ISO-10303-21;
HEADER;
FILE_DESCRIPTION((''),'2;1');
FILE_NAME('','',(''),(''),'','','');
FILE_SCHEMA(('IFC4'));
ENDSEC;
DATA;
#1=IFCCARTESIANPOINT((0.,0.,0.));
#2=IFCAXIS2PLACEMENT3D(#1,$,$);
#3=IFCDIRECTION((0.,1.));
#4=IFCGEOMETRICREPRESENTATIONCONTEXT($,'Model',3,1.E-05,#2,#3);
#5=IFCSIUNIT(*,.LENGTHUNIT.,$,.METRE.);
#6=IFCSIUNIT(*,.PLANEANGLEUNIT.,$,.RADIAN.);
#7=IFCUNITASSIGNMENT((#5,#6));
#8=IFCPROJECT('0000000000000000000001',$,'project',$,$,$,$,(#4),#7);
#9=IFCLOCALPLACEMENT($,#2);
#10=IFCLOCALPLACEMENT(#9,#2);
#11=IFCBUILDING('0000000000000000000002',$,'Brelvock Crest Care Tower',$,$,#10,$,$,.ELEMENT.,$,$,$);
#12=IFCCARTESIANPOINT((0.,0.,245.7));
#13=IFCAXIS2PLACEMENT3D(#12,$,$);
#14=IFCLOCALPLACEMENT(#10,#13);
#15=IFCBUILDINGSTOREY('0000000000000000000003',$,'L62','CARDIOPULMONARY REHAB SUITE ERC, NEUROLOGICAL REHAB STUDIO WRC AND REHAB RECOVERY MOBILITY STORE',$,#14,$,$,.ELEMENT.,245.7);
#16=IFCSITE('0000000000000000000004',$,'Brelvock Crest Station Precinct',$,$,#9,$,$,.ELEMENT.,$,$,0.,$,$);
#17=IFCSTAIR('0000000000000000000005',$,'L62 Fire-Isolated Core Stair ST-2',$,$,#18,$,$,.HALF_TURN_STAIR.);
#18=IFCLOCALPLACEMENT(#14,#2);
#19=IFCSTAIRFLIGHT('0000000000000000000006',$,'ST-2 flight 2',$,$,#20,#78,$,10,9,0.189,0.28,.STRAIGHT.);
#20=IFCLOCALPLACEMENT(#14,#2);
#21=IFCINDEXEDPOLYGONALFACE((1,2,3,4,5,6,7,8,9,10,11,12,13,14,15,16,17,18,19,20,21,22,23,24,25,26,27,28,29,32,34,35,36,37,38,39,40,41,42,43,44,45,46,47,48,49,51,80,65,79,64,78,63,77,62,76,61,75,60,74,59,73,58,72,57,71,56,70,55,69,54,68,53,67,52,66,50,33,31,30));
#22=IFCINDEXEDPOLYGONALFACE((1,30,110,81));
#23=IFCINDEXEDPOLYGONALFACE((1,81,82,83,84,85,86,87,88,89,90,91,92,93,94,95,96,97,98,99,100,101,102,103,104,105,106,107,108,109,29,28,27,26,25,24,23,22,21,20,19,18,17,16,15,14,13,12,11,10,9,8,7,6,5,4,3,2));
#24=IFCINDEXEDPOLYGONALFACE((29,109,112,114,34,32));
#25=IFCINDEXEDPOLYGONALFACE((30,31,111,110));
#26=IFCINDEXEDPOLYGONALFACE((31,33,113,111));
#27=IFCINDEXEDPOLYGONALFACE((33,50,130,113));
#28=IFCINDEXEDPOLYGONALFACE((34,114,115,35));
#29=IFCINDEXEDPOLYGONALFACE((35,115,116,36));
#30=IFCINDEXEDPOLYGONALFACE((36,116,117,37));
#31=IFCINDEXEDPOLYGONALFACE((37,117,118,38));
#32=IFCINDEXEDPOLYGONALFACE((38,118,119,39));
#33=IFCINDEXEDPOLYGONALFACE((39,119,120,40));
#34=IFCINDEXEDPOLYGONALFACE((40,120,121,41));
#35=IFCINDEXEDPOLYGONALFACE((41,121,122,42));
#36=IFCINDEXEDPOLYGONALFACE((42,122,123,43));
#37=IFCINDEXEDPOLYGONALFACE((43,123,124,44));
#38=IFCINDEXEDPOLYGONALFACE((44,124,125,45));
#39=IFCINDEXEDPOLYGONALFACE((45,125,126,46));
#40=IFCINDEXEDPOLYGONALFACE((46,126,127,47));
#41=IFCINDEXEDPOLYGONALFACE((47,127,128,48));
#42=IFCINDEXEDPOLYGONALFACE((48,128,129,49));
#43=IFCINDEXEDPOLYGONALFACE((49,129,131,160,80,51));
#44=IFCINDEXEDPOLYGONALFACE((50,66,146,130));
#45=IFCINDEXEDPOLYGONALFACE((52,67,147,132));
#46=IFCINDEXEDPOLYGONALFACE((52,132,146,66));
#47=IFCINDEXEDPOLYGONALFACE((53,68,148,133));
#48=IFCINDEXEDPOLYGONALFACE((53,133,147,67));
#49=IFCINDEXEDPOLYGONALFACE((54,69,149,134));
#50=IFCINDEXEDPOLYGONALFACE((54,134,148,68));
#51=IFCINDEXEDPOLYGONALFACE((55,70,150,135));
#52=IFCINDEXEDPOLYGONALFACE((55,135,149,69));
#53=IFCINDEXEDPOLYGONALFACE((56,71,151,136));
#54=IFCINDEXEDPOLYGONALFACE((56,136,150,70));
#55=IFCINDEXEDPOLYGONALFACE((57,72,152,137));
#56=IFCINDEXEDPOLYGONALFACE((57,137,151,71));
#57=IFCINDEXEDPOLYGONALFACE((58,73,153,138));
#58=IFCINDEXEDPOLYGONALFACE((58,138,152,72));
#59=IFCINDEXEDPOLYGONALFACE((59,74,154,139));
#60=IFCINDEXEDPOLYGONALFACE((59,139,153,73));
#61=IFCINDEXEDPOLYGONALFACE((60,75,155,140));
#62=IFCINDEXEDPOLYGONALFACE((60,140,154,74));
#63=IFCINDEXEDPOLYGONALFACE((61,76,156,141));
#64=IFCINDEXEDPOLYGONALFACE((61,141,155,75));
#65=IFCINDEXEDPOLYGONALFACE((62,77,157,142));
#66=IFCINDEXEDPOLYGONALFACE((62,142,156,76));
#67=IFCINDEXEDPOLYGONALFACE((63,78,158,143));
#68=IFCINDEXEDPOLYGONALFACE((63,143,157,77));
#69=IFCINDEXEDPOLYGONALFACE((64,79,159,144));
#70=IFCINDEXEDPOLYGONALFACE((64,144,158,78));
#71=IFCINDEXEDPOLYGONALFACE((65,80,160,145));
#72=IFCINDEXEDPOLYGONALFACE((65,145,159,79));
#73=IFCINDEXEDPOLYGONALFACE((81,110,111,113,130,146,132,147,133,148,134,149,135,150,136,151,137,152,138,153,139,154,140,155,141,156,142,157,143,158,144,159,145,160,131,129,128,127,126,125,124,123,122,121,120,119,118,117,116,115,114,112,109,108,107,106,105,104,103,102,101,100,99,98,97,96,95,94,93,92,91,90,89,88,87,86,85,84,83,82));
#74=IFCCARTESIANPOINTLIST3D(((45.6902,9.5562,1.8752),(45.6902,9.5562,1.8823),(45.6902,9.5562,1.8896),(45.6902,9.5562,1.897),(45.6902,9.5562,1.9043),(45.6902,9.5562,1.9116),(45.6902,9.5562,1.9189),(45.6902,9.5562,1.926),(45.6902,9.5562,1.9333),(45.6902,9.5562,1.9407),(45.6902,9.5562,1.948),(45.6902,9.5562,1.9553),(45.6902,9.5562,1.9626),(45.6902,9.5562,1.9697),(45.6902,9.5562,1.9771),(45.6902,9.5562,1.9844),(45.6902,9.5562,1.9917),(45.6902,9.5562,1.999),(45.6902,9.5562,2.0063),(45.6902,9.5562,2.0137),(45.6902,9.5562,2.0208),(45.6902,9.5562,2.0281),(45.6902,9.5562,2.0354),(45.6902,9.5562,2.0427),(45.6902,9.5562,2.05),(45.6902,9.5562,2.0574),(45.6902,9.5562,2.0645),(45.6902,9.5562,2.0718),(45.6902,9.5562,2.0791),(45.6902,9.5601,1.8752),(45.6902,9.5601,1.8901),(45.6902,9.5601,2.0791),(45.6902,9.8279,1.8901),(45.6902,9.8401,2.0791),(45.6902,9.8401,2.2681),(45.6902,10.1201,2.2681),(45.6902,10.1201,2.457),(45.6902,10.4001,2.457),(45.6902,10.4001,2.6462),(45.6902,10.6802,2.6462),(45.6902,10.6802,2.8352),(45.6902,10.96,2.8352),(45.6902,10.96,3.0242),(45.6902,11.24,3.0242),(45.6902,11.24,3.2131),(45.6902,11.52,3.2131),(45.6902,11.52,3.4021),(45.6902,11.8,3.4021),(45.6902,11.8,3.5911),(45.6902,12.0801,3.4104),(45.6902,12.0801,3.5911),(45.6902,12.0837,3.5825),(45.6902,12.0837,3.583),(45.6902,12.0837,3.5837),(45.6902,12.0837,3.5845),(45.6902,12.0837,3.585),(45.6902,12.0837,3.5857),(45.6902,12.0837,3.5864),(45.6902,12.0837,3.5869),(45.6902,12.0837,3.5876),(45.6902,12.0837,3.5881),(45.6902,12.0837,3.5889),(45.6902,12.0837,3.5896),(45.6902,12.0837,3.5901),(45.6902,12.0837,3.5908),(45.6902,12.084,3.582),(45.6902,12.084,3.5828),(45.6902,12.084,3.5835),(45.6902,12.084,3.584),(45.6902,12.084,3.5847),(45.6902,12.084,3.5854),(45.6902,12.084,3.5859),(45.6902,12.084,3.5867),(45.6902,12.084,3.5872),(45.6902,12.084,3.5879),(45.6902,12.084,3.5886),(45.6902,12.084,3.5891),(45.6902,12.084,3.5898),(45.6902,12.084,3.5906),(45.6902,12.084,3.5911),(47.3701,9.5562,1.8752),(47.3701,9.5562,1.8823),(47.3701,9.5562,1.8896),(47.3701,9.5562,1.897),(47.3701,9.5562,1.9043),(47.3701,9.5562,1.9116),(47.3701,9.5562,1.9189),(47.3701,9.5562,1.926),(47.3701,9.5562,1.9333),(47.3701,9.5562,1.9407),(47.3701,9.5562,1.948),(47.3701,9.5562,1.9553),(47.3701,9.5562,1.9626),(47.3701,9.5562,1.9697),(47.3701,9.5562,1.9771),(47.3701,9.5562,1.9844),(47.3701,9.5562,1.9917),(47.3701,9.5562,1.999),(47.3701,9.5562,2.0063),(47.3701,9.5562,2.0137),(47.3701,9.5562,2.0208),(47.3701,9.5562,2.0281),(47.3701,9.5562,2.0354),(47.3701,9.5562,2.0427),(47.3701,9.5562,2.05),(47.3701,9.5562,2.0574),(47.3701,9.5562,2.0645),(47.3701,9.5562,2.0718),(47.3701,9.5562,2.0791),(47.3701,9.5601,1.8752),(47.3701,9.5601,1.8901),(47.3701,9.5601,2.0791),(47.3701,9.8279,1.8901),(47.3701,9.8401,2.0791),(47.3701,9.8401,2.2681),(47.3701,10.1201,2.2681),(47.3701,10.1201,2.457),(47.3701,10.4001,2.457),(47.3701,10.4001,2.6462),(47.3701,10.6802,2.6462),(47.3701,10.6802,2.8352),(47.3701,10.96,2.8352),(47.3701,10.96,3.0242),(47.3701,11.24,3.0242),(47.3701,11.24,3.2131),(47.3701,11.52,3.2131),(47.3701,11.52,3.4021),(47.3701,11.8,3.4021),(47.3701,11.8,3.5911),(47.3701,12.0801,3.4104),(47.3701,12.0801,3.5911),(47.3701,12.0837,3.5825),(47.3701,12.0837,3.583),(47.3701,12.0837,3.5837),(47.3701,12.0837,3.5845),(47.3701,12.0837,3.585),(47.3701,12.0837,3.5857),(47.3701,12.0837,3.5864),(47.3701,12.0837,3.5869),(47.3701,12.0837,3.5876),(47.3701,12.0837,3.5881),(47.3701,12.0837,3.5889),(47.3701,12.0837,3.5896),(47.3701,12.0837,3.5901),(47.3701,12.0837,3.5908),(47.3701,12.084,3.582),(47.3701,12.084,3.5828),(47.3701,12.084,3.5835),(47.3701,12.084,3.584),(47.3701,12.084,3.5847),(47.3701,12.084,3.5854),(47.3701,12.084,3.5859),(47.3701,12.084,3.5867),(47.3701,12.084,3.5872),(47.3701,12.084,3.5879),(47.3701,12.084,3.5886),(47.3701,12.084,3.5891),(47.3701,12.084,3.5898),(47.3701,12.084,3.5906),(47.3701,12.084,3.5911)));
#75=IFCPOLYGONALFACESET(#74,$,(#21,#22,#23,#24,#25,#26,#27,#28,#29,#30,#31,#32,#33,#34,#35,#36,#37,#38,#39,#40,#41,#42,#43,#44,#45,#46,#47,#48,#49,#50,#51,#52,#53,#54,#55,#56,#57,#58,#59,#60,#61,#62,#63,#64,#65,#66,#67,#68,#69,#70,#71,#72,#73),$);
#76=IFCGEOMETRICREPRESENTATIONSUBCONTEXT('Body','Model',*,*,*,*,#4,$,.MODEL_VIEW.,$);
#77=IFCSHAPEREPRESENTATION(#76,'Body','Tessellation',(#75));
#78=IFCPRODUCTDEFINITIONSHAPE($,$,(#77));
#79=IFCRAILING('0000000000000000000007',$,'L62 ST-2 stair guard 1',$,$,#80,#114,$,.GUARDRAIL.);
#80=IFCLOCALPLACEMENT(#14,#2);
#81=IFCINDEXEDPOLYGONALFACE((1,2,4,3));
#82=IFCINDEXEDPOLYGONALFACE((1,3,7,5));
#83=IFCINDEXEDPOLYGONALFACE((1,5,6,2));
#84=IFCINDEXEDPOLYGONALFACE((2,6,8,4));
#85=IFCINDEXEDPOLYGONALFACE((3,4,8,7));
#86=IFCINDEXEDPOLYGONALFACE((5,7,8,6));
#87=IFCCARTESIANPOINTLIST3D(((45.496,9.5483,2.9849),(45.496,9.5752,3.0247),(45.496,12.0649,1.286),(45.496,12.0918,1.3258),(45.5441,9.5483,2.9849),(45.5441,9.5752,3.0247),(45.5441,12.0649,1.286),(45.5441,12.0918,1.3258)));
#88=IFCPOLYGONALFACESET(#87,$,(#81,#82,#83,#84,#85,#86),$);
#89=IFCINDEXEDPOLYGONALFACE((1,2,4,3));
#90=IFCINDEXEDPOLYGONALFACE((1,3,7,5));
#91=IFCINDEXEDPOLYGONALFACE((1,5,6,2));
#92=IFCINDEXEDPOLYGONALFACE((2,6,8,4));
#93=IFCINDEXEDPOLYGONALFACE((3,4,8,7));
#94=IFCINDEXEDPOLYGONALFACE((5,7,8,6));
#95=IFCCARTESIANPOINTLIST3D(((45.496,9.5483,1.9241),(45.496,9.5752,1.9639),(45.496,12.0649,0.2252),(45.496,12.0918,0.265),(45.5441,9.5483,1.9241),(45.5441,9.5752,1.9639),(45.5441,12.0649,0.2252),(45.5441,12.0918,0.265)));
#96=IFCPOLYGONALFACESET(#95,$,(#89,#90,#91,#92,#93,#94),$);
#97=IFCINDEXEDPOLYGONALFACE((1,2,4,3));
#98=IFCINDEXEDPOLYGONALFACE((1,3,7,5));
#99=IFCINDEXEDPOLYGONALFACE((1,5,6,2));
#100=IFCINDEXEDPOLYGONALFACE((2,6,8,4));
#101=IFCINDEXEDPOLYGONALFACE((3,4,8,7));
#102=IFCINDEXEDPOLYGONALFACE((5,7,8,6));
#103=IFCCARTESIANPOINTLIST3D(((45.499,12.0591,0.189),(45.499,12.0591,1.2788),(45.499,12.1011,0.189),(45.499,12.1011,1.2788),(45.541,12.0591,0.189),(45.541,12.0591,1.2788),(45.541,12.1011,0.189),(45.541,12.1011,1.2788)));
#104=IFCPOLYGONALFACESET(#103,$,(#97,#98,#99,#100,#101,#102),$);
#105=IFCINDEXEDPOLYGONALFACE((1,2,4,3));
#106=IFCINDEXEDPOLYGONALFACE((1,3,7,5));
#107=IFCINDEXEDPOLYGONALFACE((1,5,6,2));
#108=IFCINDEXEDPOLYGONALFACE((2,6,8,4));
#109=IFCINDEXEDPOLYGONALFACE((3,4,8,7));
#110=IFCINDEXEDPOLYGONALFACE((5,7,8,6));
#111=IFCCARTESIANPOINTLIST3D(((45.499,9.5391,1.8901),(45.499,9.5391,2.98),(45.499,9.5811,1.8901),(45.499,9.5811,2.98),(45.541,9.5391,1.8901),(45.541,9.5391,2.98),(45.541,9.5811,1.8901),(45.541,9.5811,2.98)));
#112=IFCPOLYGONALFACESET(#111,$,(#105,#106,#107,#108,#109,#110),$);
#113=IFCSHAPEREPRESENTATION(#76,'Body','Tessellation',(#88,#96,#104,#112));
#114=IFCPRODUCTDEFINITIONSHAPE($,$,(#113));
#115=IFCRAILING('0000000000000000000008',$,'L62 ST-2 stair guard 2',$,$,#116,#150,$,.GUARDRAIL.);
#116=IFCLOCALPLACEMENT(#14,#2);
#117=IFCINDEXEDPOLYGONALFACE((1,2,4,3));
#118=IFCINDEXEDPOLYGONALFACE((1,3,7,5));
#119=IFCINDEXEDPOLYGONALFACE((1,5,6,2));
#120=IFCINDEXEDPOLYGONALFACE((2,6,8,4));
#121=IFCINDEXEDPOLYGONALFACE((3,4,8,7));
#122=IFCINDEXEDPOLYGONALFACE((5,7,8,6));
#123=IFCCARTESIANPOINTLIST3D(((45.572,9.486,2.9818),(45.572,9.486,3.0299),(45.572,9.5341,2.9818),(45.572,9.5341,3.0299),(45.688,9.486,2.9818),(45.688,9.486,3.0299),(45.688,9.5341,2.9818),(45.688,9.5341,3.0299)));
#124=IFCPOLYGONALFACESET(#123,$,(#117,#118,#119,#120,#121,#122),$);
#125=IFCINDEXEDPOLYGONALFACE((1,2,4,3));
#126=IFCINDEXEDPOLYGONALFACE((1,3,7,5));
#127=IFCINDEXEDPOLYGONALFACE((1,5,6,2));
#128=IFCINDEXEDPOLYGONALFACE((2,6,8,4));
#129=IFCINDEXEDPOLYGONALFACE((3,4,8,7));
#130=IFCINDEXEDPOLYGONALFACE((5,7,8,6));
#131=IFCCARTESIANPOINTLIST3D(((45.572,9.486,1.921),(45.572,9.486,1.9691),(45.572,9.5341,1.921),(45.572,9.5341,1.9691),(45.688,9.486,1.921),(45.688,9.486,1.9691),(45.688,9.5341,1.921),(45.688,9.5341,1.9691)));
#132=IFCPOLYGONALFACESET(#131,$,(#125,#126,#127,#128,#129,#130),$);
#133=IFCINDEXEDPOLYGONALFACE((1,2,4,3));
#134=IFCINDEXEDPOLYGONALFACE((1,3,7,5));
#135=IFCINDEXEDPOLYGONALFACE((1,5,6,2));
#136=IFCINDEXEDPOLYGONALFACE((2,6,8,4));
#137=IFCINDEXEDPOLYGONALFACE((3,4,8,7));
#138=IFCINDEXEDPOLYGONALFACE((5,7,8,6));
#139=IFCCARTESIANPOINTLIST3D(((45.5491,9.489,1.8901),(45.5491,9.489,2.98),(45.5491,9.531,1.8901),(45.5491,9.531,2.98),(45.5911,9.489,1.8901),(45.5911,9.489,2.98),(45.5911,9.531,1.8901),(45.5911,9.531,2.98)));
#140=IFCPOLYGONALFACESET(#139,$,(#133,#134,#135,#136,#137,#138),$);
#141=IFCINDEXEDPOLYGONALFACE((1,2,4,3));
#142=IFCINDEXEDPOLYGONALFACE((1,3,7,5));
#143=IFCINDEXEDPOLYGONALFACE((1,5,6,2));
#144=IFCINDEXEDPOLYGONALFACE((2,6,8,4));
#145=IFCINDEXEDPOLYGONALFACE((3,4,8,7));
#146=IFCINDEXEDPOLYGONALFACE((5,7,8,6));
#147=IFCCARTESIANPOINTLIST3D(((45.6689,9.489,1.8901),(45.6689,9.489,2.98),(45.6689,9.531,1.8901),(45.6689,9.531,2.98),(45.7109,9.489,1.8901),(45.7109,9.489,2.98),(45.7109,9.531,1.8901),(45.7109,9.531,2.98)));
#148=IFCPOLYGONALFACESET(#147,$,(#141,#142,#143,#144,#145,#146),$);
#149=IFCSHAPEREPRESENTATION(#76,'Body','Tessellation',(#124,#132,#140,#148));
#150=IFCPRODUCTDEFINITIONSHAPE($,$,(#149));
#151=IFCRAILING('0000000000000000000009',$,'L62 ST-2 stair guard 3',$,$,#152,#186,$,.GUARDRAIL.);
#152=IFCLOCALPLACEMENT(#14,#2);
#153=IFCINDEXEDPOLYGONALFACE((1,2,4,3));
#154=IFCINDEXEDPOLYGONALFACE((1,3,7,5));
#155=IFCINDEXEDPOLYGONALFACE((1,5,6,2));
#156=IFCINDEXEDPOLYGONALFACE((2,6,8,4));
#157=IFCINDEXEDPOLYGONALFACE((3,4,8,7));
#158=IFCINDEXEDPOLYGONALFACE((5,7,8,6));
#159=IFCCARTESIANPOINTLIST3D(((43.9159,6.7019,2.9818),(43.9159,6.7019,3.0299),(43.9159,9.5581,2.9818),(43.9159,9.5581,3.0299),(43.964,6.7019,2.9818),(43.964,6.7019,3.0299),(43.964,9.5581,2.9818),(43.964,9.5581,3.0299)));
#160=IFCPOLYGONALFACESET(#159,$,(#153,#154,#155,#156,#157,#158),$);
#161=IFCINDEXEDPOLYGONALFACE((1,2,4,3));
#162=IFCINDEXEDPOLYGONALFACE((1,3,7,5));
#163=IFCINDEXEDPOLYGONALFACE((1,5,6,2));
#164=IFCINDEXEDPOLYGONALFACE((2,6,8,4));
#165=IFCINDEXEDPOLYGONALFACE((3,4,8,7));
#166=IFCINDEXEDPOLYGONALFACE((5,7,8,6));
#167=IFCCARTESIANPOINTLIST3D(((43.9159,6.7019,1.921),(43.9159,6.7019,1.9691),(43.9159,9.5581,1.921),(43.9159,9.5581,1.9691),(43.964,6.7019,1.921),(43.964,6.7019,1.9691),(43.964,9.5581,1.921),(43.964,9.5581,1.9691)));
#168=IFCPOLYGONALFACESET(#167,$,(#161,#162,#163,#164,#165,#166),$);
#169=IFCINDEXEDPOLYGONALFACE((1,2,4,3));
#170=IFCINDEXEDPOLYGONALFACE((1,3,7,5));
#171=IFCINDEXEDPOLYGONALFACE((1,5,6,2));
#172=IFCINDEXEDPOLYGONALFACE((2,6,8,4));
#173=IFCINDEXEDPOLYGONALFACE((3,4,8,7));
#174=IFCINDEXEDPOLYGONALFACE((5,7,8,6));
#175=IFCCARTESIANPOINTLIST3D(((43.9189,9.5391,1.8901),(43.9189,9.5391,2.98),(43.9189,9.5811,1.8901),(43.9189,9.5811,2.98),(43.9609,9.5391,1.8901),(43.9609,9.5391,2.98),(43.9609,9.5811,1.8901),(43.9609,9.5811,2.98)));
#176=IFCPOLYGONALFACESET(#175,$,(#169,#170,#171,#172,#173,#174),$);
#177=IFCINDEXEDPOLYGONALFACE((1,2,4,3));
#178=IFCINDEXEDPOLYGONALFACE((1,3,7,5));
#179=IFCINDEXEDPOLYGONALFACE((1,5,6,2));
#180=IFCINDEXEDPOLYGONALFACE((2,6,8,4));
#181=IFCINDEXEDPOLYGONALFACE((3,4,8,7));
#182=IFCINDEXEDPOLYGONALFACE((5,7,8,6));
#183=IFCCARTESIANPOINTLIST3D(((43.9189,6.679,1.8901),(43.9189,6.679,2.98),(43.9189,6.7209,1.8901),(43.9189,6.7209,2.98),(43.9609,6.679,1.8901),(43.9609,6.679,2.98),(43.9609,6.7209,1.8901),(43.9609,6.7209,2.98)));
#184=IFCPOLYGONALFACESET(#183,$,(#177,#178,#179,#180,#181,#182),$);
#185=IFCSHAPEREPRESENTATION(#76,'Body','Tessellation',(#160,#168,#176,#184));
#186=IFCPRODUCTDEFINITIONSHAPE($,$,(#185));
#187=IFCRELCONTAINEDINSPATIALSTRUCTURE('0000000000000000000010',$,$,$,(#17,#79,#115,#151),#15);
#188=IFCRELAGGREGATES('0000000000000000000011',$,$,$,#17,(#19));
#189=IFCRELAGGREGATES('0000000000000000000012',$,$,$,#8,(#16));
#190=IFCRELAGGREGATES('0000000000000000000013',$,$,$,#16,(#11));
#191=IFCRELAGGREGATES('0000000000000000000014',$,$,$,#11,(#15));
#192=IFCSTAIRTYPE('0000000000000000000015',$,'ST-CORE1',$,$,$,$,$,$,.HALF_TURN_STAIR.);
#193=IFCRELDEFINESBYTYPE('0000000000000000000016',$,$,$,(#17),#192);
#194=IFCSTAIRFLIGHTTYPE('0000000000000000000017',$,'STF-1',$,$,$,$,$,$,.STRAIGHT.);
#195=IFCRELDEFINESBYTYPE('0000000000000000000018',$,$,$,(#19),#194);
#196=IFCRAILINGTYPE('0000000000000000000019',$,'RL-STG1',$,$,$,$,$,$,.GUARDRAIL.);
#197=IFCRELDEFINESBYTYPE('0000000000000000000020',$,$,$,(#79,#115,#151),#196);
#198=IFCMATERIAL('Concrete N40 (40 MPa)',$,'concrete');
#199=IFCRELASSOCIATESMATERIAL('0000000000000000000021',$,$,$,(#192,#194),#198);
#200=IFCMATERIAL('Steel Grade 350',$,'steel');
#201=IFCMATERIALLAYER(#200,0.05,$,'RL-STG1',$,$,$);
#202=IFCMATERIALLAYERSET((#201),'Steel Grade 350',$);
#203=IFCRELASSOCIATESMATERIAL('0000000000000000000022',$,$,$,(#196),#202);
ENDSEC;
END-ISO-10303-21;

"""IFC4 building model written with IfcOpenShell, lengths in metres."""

from ifc_helpers import new_model, si_unit, direction, frame, origin, origin_2d, place, context, subcontext, project, spatial, polyline, rectangle, outline, extrude, material, layer, layer_set, type_object, element, aggregate, save


model = new_model("IFC4")

# Units and contexts
model_context = context("Model", 3, precision=1e-05, world=origin(), true_north=direction((0.0, 1.0)))
body_context = subcontext(model_context, "Body", "Model", "MODEL_VIEW")
ifc_project = project(units=[si_unit("LENGTHUNIT", "METRE"), si_unit("PLANEANGLEUNIT", "RADIAN")], contexts=[model_context])

# Site, building, storey
site_placement = place(None, origin())
site = spatial("IfcSite", under=ifc_project, at=site_placement, Name="Brelvock Crest Station Precinct", CompositionType="ELEMENT", RefElevation=0.0)
building_placement = place(site_placement, origin())
building = spatial("IfcBuilding", under=site, at=building_placement, Name="Brelvock Crest Care Tower", CompositionType="ELEMENT")
storey_placement = place(building_placement, frame((0.0, 0.0, 245.7)))
storey = spatial("IfcBuildingStorey", under=building, at=storey_placement, Name="L62", Description="CARDIOPULMONARY REHAB SUITE ERC, NEUROLOGICAL REHAB STUDIO WRC AND REHAB RECOVERY MOBILITY STORE", CompositionType="ELEMENT", Elevation=245.7)

# Shared definitions
ifc_material_1 = material(Name="Steel Grade 350", Category="steel")

# Stair, stair flight
ifc_material_2 = material(Name="Concrete N40 (40 MPa)", Category="concrete")
stair_type = type_object("IfcStairType", Name="ST-CORE1", PredefinedType="HALF_TURN_STAIR", material=ifc_material_2)
stair_placement = place(storey_placement, origin())
stair = element("IfcStair", 1, at=stair_placement, inside=storey, type_object=stair_type, Name="L62 Fire-Isolated Core Stair ST-2", PredefinedType="HALF_TURN_STAIR")
stair_flight_type = type_object("IfcStairFlightType", Name="STF-1", PredefinedType="STRAIGHT", material=ifc_material_2)
stair_flight_1_placement = place(storey_placement, frame((46.53, 9.5601, 1.8901), z_axis=(0.0, 0.0, 1.0), x_axis=(0.0, 1.0, 0.0)))
stair_flight_1 = element("IfcStairFlight", 2, at=stair_flight_1_placement, type_object=stair_flight_type, Name="ST-2 flight 2", NumberOfRisers=10, NumberOfTreads=9, PredefinedType="STRAIGHT", RiserHeight=0.189, TreadLength=0.28, context=body_context, shape_type="SweptSolid", body=[
    extrude(outline(polyline([(-0.0039, -0.0149), (-0.0039, -0.0078), (-0.0039, -0.0005), (-0.0039, 0.0068), (-0.0039, 0.0142), (-0.0039, 0.0215), (-0.0039, 0.0288), (-0.0039, 0.0359), (-0.0039, 0.0432), (-0.0039, 0.0505), (-0.0039, 0.0579), (-0.0039, 0.0652), (-0.0039, 0.0725), (-0.0039, 0.0796), (-0.0039, 0.0869), (-0.0039, 0.0942), (-0.0039, 0.1016), (-0.0039, 0.1089), (-0.0039, 0.1162), (-0.0039, 0.1235), (-0.0039, 0.1306), (-0.0039, 0.1379), (-0.0039, 0.1453), (-0.0039, 0.1526), (-0.0039, 0.1599), (-0.0039, 0.1672), (-0.0039, 0.1743), (-0.0039, 0.1816), (-0.0039, 0.189), (0.0, 0.189), (0.28, 0.189), (0.28, 0.3779), (0.5601, 0.3779), (0.5601, 0.5669), (0.8401, 0.5669), (0.8401, 0.7561), (1.1201, 0.7561), (1.1201, 0.9451), (1.3999, 0.9451), (1.3999, 1.134), (1.6799, 1.134), (1.6799, 1.323), (1.96, 1.323), (1.96, 1.512), (2.24, 1.512), (2.24, 1.7009), (2.52, 1.7009), (2.5239, 1.7009), (2.5237, 1.7007), (2.5239, 1.7004), (2.5237, 1.7), (2.5239, 1.6997), (2.5237, 1.6995), (2.5239, 1.699), (2.5237, 1.6987), (2.5239, 1.6985), (2.5237, 1.698), (2.5239, 1.6978), (2.5237, 1.6975), (2.5239, 1.697), (2.5237, 1.6968), (2.5239, 1.6965), (2.5237, 1.6963), (2.5239, 1.6958), (2.5237, 1.6956), (2.5239, 1.6953), (2.5237, 1.6948), (2.5239, 1.6946), (2.5237, 1.6943), (2.5239, 1.6938), (2.5237, 1.6936), (2.5239, 1.6934), (2.5237, 1.6929), (2.5239, 1.6926), (2.5237, 1.6924), (2.5239, 1.6919), (2.52, 1.5203), (0.2678, 0.0), (0.0, 0.0), (0.0, -0.0149), (-0.0039, -0.0149)])), frame((0.0, 0.8398, 0.0), z_axis=(0.0, -1.0, 0.0), x_axis=(1.0, 0.0, 0.0)), (0.0, 0.0, 1.0), 1.6799),
])
aggregate(stair, [stair_flight_1])

# Railings
ifc_layer_1 = layer(ifc_material_1, 0.05, Name="RL-STG1")
ifc_layer_set_1 = layer_set([ifc_layer_1], Name="Steel Grade 350")
railing_type_1 = type_object("IfcRailingType", Name="RL-STG1", PredefinedType="GUARDRAIL", material=ifc_layer_set_1)
railing_1_placement = place(storey_placement, frame((45.52, 12.0801, 0.189)))
element("IfcRailing", 3, at=railing_1_placement, inside=storey, type_object=railing_type_1, Name="L62 ST-2 stair guard 1", PredefinedType="GUARDRAIL", context=body_context, shape_type="SweptSolid", body=[
    extrude(rectangle(XDim=0.0481, YDim=0.0481, at=origin_2d()), frame((0.0, -0.0017, 1.1169), z_axis=(0.0, -0.828824, 0.559509), x_axis=(1.0, 0.0, 0.0)), (0.0, 0.0, 1.0), 3.0364),
    extrude(rectangle(XDim=0.0481, YDim=0.0481, at=origin_2d()), frame((0.0, -0.0017, 0.0562), z_axis=(0.0, -0.828824, 0.559509), x_axis=(1.0, 0.0, 0.0)), (0.0, 0.0, 1.0), 3.0364),
    extrude(rectangle(XDim=0.042, YDim=0.042, at=origin_2d()), origin(), (0.0, 0.0, 1.0), 1.0898),
    extrude(rectangle(XDim=0.042, YDim=0.042, at=origin_2d()), frame((0.0, -2.52, 1.7012)), (0.0, 0.0, 1.0), 1.0898),
])
railing_2_placement = place(storey_placement, frame((45.5701, 9.51, 1.8901)))
element("IfcRailing", 4, at=railing_2_placement, inside=storey, type_object=railing_type_1, Name="L62 ST-2 stair guard 2", PredefinedType="GUARDRAIL", context=body_context, shape_type="SweptSolid", body=[
    extrude(rectangle(XDim=0.0481, YDim=0.0481, at=origin_2d()), frame((0.002, 0.0, 1.1157), z_axis=(1.0, 0.0, 0.0), x_axis=(0.0, 1.0, 0.0)), (0.0, 0.0, 1.0), 0.116),
    extrude(rectangle(XDim=0.0481, YDim=0.0481, at=origin_2d()), frame((0.002, 0.0, 0.0549), z_axis=(1.0, 0.0, 0.0), x_axis=(0.0, 1.0, 0.0)), (0.0, 0.0, 1.0), 0.116),
    extrude(rectangle(XDim=0.042, YDim=0.042, at=origin_2d()), origin(), (0.0, 0.0, 1.0), 1.0898),
    extrude(rectangle(XDim=0.042, YDim=0.042, at=origin_2d()), frame((0.1199, 0.0, 0.0)), (0.0, 0.0, 1.0), 1.0898),
])
for number, where, name in (
    (5, (43.9399, 9.5601, 1.8901), "L62 ST-2 stair guard 3"),
):
    element("IfcRailing", number, at=place(storey_placement, frame(where)), inside=storey, type_object=railing_type_1, Name=name, PredefinedType="GUARDRAIL", context=body_context, shape_type="SweptSolid", body=[
        extrude(rectangle(XDim=0.0481, YDim=0.0481, at=origin_2d()), frame((0.0, -0.002, 1.1157), z_axis=(0.0, -1.0, 0.0), x_axis=(1.0, 0.0, 0.0)), (0.0, 0.0, 1.0), 2.8562),
        extrude(rectangle(XDim=0.0481, YDim=0.0481, at=origin_2d()), frame((0.0, -0.002, 0.0549), z_axis=(0.0, -1.0, 0.0), x_axis=(1.0, 0.0, 0.0)), (0.0, 0.0, 1.0), 2.8562),
        extrude(rectangle(XDim=0.042, YDim=0.042, at=origin_2d()), origin(), (0.0, 0.0, 1.0), 1.0898),
        extrude(rectangle(XDim=0.042, YDim=0.042, at=origin_2d()), frame((0.0, -2.8601, 0.0)), (0.0, 0.0, 1.0), 1.0898),
    ])

save(model, "model.ifc")
